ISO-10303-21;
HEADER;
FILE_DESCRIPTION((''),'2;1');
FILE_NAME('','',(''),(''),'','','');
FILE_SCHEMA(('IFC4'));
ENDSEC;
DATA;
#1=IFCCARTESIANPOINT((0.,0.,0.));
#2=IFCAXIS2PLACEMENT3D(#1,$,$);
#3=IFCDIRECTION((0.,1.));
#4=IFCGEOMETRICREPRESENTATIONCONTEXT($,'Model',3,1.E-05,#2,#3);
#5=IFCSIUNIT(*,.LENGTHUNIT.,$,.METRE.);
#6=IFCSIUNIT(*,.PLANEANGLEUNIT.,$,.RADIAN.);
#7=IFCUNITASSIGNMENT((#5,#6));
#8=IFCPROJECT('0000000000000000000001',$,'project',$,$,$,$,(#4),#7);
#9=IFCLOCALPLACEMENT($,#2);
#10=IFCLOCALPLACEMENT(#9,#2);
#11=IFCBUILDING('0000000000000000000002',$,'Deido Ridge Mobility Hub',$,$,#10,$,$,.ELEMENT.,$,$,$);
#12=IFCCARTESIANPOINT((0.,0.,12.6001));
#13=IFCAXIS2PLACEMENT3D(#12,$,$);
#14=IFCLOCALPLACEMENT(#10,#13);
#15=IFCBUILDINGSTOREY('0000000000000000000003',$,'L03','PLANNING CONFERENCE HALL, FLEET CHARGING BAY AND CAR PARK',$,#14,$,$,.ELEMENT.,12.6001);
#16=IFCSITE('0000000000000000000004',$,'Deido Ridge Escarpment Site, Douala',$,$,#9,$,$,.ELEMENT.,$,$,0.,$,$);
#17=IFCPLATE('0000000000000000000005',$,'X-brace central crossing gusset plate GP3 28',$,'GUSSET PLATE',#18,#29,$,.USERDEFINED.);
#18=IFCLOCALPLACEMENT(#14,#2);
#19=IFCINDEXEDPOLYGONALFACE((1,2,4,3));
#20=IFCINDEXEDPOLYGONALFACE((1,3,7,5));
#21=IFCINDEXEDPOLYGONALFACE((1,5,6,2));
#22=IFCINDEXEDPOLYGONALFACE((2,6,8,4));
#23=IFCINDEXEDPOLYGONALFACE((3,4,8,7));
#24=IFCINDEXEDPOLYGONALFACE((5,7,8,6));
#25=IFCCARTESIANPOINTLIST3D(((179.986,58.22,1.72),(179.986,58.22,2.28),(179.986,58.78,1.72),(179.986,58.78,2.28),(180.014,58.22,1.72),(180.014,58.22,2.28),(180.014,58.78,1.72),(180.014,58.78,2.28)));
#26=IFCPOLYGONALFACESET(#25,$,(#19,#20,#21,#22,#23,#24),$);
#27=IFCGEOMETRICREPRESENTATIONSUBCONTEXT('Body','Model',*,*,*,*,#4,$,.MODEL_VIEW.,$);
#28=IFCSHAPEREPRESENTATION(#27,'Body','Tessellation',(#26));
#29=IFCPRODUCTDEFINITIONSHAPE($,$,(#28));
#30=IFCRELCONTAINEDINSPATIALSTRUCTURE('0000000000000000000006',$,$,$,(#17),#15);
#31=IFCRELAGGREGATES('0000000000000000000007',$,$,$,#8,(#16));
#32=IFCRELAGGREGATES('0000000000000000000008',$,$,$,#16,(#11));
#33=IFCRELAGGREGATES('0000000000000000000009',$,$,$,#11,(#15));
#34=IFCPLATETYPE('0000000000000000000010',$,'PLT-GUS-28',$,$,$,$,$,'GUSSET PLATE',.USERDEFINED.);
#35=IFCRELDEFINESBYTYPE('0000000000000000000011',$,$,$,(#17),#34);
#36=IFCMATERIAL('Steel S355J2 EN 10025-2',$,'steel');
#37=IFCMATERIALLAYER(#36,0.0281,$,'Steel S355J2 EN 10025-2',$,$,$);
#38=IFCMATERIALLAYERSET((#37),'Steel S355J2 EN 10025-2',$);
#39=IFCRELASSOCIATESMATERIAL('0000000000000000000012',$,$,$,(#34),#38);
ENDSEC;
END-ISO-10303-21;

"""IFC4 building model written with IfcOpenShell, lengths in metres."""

from ifc_helpers import new_model, si_unit, direction, frame, origin, origin_2d, place, context, subcontext, project, spatial, rectangle, extrude, material, layer, layer_set, type_object, element, save


model = new_model("IFC4")

# Units and contexts
model_context = context("Model", 3, precision=1e-05, world=origin(), true_north=direction((0.0, 1.0)))
body_context = subcontext(model_context, "Body", "Model", "MODEL_VIEW")
ifc_project = project(units=[si_unit("LENGTHUNIT", "METRE"), si_unit("PLANEANGLEUNIT", "RADIAN")], contexts=[model_context])

# Site, building, storey
site_placement = place(None, origin())
site = spatial("IfcSite", under=ifc_project, at=site_placement, Name="Deido Ridge Escarpment Site, Douala", CompositionType="ELEMENT", RefElevation=0.0)
building_placement = place(site_placement, origin())
building = spatial("IfcBuilding", under=site, at=building_placement, Name="Deido Ridge Mobility Hub", CompositionType="ELEMENT")
storey_placement = place(building_placement, frame((0.0, 0.0, 12.6001)))
storey = spatial("IfcBuildingStorey", under=building, at=storey_placement, Name="L03", Description="PLANNING CONFERENCE HALL, FLEET CHARGING BAY AND CAR PARK", CompositionType="ELEMENT", Elevation=12.6001)

# Shared definitions
ifc_material_1 = material(Name="Steel S355J2 EN 10025-2", Category="steel")

# Plate
ifc_layer_1 = layer(ifc_material_1, 0.0281, Name="Steel S355J2 EN 10025-2")
ifc_layer_set_1 = layer_set([ifc_layer_1], Name="Steel S355J2 EN 10025-2")
plate_type_1 = type_object("IfcPlateType", Name="PLT-GUS-28", ElementType="GUSSET PLATE", PredefinedType="USERDEFINED", material=ifc_layer_set_1)
plate_1_placement = place(storey_placement, frame((180.0, 58.5, 1.72), z_axis=(0.0, 0.0, 1.0), x_axis=(0.0, 1.0, 0.0)))
element("IfcPlate", 1, at=plate_1_placement, inside=storey, type_object=plate_type_1, Name="X-brace central crossing gusset plate GP3 28", ObjectType="GUSSET PLATE", PredefinedType="USERDEFINED", context=body_context, shape_type="SweptSolid", body=[
    extrude(rectangle(XDim=0.5601, YDim=0.0281, at=origin_2d()), origin(), (0.0, 0.0, 1.0), 0.5601),
])

save(model, "model.ifc")
